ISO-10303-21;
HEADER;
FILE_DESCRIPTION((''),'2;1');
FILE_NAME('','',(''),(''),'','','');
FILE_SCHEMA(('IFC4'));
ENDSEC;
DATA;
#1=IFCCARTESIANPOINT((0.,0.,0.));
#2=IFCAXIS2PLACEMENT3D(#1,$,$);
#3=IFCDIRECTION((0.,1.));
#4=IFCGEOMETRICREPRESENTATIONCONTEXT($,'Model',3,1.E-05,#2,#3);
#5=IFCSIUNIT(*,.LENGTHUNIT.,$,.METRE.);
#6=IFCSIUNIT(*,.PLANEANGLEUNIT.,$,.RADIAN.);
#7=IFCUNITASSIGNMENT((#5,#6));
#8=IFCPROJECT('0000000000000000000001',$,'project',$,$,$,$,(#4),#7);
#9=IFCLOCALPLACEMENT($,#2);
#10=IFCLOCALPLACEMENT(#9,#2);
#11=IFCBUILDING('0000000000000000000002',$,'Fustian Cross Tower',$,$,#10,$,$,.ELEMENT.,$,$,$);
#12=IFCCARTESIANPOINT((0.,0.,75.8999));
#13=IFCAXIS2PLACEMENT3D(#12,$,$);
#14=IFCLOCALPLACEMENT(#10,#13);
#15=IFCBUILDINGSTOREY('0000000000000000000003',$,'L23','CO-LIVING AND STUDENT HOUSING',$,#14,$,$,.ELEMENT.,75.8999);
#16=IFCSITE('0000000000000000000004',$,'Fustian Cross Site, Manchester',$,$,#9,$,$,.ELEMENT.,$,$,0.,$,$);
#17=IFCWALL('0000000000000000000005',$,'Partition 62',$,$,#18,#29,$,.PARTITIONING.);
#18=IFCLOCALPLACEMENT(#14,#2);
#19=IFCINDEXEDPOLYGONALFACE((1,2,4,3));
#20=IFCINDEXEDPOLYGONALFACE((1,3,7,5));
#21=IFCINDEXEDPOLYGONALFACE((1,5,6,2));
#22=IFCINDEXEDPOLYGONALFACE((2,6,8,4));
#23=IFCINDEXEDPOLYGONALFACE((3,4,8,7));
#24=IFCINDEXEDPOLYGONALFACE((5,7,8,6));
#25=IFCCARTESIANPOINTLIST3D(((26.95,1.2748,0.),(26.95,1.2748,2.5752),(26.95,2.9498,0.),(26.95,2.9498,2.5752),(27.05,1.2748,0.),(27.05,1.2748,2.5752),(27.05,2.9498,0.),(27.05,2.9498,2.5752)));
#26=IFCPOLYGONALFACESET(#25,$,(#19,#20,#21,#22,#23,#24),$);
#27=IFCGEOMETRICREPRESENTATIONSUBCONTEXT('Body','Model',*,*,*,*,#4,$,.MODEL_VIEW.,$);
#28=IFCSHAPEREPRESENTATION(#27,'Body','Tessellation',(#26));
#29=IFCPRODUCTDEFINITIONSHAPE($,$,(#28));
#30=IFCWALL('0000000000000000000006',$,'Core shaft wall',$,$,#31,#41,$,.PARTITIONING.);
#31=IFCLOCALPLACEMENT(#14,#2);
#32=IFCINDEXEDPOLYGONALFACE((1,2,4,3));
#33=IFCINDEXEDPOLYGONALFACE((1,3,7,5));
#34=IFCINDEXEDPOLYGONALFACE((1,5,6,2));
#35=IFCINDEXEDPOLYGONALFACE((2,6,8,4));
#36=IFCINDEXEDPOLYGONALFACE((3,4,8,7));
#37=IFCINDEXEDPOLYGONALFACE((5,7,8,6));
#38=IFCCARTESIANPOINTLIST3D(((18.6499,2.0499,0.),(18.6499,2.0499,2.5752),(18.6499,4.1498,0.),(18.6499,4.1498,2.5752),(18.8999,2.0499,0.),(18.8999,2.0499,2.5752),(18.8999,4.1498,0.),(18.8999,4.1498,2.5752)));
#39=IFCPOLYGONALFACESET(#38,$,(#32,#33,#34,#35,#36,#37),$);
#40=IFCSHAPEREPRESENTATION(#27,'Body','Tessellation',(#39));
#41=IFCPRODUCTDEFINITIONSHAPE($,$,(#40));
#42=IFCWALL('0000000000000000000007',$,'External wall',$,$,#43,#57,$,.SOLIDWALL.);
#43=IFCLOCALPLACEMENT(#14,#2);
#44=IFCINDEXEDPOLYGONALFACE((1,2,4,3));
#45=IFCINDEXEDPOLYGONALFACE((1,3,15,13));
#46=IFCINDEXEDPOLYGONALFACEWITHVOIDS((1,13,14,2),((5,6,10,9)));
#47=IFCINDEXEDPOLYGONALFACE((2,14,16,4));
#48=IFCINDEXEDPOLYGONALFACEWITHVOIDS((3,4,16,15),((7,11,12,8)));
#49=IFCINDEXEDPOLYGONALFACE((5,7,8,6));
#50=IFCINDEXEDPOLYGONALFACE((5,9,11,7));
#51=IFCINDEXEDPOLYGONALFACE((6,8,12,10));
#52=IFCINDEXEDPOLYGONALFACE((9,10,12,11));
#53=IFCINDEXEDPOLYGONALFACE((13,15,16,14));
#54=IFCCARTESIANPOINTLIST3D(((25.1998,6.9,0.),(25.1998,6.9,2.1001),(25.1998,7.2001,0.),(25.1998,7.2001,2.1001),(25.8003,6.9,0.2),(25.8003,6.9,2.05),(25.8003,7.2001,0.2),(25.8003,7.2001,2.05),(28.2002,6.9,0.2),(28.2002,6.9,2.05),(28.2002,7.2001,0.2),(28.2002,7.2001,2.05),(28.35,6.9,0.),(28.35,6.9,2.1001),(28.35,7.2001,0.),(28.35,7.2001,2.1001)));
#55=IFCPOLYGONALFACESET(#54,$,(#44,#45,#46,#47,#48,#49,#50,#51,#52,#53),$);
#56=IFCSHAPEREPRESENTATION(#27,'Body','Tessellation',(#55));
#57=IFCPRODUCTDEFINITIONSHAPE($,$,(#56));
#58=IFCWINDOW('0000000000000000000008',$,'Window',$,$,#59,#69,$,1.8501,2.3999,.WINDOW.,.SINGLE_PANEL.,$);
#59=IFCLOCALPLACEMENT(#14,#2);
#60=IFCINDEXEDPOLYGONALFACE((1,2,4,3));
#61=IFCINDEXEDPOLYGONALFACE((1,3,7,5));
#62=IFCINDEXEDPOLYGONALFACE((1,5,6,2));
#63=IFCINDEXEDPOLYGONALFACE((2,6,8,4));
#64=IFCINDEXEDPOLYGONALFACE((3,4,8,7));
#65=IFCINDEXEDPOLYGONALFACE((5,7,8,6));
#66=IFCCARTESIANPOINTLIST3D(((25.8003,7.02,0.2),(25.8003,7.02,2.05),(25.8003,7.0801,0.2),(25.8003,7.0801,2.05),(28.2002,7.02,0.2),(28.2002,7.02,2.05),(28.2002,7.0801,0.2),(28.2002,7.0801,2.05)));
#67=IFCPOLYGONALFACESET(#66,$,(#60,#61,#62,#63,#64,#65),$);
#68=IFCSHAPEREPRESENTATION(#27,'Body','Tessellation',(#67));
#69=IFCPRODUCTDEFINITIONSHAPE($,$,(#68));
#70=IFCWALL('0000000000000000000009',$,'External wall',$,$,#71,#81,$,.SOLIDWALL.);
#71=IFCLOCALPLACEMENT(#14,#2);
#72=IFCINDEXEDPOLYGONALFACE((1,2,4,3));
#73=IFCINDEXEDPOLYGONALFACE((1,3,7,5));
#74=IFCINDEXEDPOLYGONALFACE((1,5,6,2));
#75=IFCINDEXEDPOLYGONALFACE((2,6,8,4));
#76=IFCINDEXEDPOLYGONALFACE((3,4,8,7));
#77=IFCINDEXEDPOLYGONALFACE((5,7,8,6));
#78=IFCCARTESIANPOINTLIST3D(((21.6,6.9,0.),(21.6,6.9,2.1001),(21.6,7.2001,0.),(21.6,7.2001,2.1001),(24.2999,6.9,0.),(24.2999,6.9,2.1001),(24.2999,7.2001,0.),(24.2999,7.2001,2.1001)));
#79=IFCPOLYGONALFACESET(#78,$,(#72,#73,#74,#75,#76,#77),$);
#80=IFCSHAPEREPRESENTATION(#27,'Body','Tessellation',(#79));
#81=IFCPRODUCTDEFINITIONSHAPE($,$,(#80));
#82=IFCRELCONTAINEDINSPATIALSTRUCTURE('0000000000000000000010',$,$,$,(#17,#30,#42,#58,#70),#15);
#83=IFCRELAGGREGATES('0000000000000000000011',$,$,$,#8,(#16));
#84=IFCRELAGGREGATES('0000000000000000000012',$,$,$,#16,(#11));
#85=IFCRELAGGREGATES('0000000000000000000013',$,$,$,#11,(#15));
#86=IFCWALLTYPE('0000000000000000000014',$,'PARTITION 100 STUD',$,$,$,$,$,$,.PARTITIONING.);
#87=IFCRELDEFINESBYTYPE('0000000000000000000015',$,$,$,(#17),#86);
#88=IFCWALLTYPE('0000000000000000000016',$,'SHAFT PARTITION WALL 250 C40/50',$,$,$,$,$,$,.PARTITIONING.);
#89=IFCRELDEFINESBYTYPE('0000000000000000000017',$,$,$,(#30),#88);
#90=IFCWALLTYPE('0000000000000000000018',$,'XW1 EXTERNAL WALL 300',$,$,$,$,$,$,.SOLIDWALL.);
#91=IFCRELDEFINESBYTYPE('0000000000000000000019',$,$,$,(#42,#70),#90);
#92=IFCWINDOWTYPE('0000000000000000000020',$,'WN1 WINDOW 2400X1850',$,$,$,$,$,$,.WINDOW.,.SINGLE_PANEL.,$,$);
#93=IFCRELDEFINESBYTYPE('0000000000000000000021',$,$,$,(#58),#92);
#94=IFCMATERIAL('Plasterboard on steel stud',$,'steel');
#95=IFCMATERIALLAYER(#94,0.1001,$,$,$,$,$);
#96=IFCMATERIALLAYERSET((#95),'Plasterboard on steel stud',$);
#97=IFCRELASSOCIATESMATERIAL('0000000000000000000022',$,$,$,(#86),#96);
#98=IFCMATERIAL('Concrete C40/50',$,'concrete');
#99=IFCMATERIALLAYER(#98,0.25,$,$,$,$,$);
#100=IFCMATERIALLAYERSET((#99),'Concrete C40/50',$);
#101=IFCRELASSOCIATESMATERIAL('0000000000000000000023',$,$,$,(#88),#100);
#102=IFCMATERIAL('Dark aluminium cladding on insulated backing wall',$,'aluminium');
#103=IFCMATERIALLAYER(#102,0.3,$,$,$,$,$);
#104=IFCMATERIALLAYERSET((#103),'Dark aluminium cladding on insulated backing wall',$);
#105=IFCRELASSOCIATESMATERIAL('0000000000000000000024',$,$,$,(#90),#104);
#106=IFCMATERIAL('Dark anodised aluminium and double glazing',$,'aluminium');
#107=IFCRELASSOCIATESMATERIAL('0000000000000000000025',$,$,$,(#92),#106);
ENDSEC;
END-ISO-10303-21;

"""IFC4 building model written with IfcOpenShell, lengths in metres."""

from ifc_helpers import new_model, si_unit, direction, frame, frame_2d, origin, place, context, subcontext, project, spatial, rectangle, extrude, material, layer, layer_set, type_object, element, fill, save


model = new_model("IFC4")

# Units and contexts
model_context = context("Model", 3, precision=1e-05, world=origin(), true_north=direction((0.0, 1.0)))
body_context = subcontext(model_context, "Body", "Model", "MODEL_VIEW")
ifc_project = project(units=[si_unit("LENGTHUNIT", "METRE"), si_unit("PLANEANGLEUNIT", "RADIAN")], contexts=[model_context])

# Site, building, storey
site_placement = place(None, origin())
site = spatial("IfcSite", under=ifc_project, at=site_placement, Name="Fustian Cross Site, Manchester", CompositionType="ELEMENT", RefElevation=0.0)
building_placement = place(site_placement, origin())
building = spatial("IfcBuilding", under=site, at=building_placement, Name="Fustian Cross Tower", CompositionType="ELEMENT")
storey_placement = place(building_placement, frame((0.0, 0.0, 75.8999)))
storey = spatial("IfcBuildingStorey", under=building, at=storey_placement, Name="L23", Description="CO-LIVING AND STUDENT HOUSING", CompositionType="ELEMENT", Elevation=75.8999)

# Shared definitions
ifc_material_1 = material(Name="Plasterboard on steel stud", Category="steel")
ifc_layer_1 = layer(ifc_material_1, 0.1001)
ifc_layer_set_1 = layer_set([ifc_layer_1], Name="Plasterboard on steel stud")
wall_type_1 = type_object("IfcWallType", Name="PARTITION 100 STUD", PredefinedType="PARTITIONING", material=ifc_layer_set_1)

# Walls
wall_1_placement = place(storey_placement, frame((27.0, 1.2749, 0.0), z_axis=(0.0, 0.0, 1.0), x_axis=(0.0, 1.0, 0.0)))
element("IfcWall", 1, at=wall_1_placement, inside=storey, type_object=wall_type_1, Name="Partition 62", PredefinedType="PARTITIONING", context=body_context, shape_type="SweptSolid", body=[
    extrude(rectangle(XDim=1.675, YDim=0.1001, at=frame_2d((0.8374, 0.0))), origin(), (0.0, 0.0, 1.0), 2.5752),
])
ifc_material_2 = material(Name="Concrete C40/50", Category="concrete")
ifc_layer_2 = layer(ifc_material_2, 0.25)
ifc_layer_set_2 = layer_set([ifc_layer_2], Name="Concrete C40/50")
wall_type_2 = type_object("IfcWallType", Name="SHAFT PARTITION WALL 250 C40/50", PredefinedType="PARTITIONING", material=ifc_layer_set_2)
wall_2_placement = place(storey_placement, frame((18.7749, 2.05, 0.0), z_axis=(0.0, 0.0, 1.0), x_axis=(0.0, 1.0, 0.0)))
element("IfcWall", 2, at=wall_2_placement, inside=storey, type_object=wall_type_2, Name="Core shaft wall", PredefinedType="PARTITIONING", context=body_context, shape_type="SweptSolid", body=[
    extrude(rectangle(XDim=2.0999, YDim=0.25, at=frame_2d((1.0498, 0.0))), origin(), (0.0, 0.0, 1.0), 2.5752),
])

# Wall, opening, window
ifc_material_3 = material(Name="Dark aluminium cladding on insulated backing wall", Category="aluminium")
ifc_layer_3 = layer(ifc_material_3, 0.3)
ifc_layer_set_3 = layer_set([ifc_layer_3], Name="Dark aluminium cladding on insulated backing wall")
wall_type_3 = type_object("IfcWallType", Name="XW1 EXTERNAL WALL 300", PredefinedType="SOLIDWALL", material=ifc_layer_set_3)
wall_3_placement = place(storey_placement, frame((28.3501, 7.05, 0.0), z_axis=(0.0, 0.0, 1.0), x_axis=(-1.0, 0.0, 0.0)))
wall_3 = element("IfcWall", 3, at=wall_3_placement, inside=storey, type_object=wall_type_3, Name="External wall", PredefinedType="SOLIDWALL", context=body_context, shape_type="SweptSolid", body=[
    extrude(rectangle(XDim=3.1501, YDim=0.3, at=frame_2d((1.5752, 0.0))), origin(), (0.0, 0.0, 1.0), 2.1001),
])
opening_1_placement = place(wall_3_placement, frame((0.1499, 0.0, 0.2)))
opening_1 = element("IfcOpeningElement", 4, at=opening_1_placement, cuts=wall_3, PredefinedType="OPENING", context=body_context, shape_type="SweptSolid", body=[
    extrude(rectangle(XDim=2.3999, YDim=1.8501, at=frame_2d((1.2, 0.925))), frame((0.0, 0.1599, 0.0), z_axis=(0.0, -1.0, 0.0), x_axis=(1.0, 0.0, 0.0)), (0.0, 0.0, 1.0), 0.3201),
])
ifc_material_4 = material(Name="Dark anodised aluminium and double glazing", Category="aluminium")
window_type = type_object("IfcWindowType", Name="WN1 WINDOW 2400X1850", PartitioningType="SINGLE_PANEL", PredefinedType="WINDOW", material=ifc_material_4)
window_placement = place(opening_1_placement, origin())
window = element("IfcWindow", 5, at=window_placement, inside=storey, type_object=window_type, Name="Window", OverallHeight=1.8501, OverallWidth=2.3999, PartitioningType="SINGLE_PANEL", PredefinedType="WINDOW", context=body_context, shape_type="SweptSolid", body=[
    extrude(rectangle(XDim=2.3999, YDim=1.8501, at=frame_2d((1.2, 0.925))), frame((0.0, 0.03, 0.0), z_axis=(0.0, -1.0, 0.0), x_axis=(1.0, 0.0, 0.0)), (0.0, 0.0, 1.0), 0.0601),
])
fill(opening_1, window)

# Wall
wall_4_placement = place(storey_placement, frame((24.3, 7.05, 0.0), z_axis=(0.0, 0.0, 1.0), x_axis=(-1.0, 0.0, 0.0)))
element("IfcWall", 6, at=wall_4_placement, inside=storey, type_object=wall_type_3, Name="External wall", PredefinedType="SOLIDWALL", context=body_context, shape_type="SweptSolid", body=[
    extrude(rectangle(XDim=2.7, YDim=0.3, at=frame_2d((1.3501, 0.0))), origin(), (0.0, 0.0, 1.0), 2.1001),
])

save(model, "model.ifc")
